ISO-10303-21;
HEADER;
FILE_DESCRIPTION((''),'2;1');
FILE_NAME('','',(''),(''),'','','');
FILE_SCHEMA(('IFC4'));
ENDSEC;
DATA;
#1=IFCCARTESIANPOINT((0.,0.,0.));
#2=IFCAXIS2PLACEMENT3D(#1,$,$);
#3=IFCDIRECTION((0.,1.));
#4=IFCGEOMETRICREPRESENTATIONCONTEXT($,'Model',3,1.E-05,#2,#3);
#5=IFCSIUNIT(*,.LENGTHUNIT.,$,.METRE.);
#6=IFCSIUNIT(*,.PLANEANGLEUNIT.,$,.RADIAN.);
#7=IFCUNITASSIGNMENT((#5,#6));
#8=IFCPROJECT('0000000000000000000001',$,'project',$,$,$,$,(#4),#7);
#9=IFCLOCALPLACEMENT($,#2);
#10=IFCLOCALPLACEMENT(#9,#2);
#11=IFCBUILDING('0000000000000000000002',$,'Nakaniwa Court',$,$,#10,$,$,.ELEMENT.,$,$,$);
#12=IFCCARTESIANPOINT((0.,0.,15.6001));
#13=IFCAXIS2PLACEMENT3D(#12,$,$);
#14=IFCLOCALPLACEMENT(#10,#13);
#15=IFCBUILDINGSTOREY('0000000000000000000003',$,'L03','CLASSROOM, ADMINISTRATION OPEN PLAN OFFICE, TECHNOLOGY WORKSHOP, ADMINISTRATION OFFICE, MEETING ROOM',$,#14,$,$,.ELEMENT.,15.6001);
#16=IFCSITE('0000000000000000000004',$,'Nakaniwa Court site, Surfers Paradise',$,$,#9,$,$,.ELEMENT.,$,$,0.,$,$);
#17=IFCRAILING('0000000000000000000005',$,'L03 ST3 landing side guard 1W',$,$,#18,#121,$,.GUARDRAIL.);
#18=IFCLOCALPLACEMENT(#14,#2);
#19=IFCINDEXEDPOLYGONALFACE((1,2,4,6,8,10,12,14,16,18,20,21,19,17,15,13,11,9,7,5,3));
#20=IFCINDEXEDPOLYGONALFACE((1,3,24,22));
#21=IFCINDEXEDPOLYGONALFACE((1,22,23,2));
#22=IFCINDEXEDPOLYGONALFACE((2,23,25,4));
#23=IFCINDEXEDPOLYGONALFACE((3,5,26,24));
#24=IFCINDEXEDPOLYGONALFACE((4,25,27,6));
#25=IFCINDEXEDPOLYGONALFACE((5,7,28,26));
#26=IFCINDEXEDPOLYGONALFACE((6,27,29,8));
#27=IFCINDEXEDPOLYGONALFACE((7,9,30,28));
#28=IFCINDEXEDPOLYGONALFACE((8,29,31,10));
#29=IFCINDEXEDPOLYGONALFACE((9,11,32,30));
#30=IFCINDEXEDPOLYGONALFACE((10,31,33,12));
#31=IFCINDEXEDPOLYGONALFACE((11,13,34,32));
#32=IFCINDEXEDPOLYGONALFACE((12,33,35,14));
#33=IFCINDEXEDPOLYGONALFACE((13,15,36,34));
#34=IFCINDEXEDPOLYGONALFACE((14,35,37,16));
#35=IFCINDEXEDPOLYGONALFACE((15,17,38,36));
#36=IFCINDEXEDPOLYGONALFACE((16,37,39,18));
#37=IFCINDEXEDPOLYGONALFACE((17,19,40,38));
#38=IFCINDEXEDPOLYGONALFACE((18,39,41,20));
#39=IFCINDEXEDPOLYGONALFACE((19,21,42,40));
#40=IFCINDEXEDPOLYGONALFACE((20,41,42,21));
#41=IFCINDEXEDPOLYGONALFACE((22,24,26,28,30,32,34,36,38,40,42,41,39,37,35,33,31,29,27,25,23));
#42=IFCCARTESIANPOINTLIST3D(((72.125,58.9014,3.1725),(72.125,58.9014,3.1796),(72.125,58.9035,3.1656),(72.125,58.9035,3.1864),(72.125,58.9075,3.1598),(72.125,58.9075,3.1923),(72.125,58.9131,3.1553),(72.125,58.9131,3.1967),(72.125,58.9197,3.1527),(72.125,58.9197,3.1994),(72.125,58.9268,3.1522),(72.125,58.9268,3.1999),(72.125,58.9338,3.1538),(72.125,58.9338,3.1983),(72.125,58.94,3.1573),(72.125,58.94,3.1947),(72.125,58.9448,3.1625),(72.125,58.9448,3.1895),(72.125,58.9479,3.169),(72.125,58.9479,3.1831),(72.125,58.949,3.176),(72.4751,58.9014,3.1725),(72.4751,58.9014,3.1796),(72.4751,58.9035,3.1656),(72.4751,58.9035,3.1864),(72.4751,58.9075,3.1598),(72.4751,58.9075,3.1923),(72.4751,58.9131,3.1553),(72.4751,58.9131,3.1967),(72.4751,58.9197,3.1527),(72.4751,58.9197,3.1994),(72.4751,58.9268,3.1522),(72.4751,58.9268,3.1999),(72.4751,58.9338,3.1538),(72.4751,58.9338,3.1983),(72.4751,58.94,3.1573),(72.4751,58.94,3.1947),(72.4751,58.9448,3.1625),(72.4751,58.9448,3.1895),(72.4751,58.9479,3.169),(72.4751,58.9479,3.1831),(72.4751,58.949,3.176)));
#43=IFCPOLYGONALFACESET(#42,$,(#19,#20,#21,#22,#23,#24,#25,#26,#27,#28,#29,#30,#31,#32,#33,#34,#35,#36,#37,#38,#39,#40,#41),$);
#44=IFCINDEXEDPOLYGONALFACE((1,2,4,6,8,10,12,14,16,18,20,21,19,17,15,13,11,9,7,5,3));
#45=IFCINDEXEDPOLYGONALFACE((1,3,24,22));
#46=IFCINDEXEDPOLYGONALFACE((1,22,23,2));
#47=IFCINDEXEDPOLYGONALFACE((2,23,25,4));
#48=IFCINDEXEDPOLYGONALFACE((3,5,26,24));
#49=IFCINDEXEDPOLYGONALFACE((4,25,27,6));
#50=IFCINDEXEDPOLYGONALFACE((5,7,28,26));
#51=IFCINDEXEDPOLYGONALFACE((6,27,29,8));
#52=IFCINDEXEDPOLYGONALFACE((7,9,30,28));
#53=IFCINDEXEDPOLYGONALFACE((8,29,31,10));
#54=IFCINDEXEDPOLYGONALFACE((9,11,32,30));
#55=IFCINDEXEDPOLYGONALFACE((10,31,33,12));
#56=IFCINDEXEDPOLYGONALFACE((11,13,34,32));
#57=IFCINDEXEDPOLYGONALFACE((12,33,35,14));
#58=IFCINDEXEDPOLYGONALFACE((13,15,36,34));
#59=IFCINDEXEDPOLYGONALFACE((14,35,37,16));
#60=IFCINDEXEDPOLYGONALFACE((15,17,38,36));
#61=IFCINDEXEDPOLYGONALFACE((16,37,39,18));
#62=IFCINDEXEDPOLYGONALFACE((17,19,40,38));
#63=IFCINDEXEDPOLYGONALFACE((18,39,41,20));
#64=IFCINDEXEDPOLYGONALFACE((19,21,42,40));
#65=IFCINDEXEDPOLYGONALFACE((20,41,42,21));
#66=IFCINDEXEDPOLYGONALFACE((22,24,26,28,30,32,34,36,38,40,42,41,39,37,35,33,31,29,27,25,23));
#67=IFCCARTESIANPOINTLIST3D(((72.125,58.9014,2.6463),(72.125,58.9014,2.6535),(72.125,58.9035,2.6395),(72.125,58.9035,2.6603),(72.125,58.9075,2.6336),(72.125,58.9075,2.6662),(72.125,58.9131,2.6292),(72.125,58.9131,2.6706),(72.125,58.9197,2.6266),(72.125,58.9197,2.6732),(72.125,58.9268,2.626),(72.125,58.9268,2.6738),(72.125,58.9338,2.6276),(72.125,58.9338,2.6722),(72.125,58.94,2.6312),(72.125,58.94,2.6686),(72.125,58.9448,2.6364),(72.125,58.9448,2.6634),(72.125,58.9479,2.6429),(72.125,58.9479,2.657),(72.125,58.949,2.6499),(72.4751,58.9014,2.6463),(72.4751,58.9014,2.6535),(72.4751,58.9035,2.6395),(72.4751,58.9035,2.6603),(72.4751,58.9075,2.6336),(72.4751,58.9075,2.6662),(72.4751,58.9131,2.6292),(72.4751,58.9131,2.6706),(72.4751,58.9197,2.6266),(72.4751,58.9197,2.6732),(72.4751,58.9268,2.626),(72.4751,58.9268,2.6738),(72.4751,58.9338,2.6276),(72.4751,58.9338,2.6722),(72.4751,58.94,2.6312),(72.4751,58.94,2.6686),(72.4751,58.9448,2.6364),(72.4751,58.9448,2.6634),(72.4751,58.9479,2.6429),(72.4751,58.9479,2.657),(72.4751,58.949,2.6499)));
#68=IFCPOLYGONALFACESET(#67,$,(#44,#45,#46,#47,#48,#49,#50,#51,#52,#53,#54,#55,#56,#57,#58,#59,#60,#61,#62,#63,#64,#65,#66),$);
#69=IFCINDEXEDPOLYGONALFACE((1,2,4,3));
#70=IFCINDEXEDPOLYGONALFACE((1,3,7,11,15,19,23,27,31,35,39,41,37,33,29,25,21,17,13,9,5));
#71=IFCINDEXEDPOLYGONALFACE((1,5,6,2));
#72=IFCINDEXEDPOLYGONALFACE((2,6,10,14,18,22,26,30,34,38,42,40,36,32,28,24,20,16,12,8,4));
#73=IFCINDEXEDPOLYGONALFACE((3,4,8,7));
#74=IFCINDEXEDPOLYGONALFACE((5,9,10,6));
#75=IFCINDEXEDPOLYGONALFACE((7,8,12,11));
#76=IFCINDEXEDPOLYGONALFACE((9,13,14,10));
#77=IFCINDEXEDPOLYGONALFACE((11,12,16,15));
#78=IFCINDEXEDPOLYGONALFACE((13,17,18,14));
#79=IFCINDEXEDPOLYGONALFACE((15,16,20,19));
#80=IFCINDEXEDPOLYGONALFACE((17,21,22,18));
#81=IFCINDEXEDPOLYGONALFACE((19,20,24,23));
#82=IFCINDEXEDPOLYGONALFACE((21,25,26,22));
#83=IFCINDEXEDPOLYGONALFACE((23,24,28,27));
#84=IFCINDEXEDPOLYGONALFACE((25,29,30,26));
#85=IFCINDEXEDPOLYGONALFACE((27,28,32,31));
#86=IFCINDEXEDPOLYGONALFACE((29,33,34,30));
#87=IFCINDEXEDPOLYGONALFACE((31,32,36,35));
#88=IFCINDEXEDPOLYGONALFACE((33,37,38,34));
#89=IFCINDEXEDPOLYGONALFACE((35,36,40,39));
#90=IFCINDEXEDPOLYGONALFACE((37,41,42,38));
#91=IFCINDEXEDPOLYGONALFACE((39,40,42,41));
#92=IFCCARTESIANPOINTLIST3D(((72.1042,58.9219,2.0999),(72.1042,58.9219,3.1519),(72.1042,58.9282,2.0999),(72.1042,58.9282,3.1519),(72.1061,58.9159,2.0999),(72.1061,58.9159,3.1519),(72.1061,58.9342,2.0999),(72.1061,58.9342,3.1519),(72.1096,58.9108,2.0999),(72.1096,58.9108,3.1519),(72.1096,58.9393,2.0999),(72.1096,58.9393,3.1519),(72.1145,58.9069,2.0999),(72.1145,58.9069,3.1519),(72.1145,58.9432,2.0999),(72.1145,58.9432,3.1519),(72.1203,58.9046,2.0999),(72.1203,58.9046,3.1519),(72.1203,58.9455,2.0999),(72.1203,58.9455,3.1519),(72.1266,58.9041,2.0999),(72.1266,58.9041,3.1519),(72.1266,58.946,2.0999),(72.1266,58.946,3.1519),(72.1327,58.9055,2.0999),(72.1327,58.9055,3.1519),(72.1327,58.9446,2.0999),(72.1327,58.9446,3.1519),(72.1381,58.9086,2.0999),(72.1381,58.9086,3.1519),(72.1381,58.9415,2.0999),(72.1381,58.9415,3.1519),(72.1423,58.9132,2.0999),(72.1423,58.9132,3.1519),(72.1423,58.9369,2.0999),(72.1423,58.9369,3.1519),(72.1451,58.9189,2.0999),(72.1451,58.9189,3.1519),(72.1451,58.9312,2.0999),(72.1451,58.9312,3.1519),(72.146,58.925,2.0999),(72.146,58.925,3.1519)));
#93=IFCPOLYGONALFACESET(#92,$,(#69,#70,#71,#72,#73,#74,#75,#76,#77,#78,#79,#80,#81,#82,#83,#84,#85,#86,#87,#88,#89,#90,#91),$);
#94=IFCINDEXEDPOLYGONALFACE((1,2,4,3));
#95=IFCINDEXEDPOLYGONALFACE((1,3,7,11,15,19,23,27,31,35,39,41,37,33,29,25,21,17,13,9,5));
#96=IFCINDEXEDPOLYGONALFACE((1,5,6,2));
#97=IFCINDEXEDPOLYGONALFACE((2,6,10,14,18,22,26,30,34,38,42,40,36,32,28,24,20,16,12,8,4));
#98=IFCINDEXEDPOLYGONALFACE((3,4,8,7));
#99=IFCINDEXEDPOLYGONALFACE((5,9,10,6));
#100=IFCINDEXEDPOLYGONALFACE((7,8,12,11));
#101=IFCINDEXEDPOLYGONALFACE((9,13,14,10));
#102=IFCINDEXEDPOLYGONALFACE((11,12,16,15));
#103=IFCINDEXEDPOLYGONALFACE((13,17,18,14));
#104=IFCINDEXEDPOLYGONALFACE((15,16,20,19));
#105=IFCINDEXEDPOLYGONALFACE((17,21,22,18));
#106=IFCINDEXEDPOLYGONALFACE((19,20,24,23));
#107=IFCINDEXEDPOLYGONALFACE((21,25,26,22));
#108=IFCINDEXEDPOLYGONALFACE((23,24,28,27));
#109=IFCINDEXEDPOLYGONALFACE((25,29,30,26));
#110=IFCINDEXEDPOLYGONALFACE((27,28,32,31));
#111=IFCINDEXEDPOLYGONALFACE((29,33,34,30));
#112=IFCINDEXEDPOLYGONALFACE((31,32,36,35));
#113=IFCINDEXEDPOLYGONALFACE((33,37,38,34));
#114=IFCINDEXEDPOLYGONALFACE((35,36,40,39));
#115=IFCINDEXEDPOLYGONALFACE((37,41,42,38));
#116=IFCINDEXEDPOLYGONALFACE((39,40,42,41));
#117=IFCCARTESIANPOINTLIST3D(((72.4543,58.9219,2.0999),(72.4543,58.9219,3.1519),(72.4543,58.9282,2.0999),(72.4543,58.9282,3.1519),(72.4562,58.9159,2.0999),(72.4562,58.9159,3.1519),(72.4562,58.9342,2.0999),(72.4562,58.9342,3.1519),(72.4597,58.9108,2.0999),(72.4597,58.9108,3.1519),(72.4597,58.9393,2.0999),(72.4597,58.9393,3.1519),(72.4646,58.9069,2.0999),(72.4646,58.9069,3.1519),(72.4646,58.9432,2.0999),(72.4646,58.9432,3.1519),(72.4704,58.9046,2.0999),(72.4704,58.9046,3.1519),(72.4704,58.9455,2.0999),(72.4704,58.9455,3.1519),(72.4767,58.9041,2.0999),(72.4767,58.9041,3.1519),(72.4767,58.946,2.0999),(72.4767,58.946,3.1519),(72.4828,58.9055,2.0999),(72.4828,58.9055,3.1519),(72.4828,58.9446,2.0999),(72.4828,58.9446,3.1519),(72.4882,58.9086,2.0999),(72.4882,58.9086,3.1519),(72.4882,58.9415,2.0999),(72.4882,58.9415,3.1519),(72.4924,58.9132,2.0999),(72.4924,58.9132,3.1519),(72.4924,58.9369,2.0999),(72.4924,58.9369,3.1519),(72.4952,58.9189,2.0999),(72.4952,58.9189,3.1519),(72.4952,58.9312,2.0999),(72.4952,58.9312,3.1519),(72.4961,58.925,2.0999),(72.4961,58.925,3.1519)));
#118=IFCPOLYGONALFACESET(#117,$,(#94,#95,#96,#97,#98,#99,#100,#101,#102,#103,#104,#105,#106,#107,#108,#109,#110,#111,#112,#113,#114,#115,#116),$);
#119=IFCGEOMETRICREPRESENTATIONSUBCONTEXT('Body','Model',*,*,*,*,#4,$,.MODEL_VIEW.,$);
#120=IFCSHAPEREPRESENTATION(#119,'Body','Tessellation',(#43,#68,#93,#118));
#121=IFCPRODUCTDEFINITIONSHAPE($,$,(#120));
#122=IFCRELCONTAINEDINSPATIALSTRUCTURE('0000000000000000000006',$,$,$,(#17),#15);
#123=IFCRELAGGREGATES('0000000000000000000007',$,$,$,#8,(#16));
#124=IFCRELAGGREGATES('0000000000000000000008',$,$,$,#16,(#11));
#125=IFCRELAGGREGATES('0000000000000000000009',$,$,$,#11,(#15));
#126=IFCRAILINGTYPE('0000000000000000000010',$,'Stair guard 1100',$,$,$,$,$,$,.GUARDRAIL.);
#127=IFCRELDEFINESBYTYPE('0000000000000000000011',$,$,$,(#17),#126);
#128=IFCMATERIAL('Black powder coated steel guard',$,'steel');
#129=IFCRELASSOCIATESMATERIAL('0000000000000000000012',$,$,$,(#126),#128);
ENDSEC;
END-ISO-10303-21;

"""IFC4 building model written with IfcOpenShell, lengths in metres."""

from ifc_helpers import new_model, si_unit, direction, frame, origin, origin_2d, place, context, subcontext, project, spatial, circle, extrude, material, type_object, element, save


model = new_model("IFC4")

# Units and contexts
model_context = context("Model", 3, precision=1e-05, world=origin(), true_north=direction((0.0, 1.0)))
body_context = subcontext(model_context, "Body", "Model", "MODEL_VIEW")
ifc_project = project(units=[si_unit("LENGTHUNIT", "METRE"), si_unit("PLANEANGLEUNIT", "RADIAN")], contexts=[model_context])

# Site, building, storey
site_placement = place(None, origin())
site = spatial("IfcSite", under=ifc_project, at=site_placement, Name="Nakaniwa Court site, Surfers Paradise", CompositionType="ELEMENT", RefElevation=0.0)
building_placement = place(site_placement, origin())
building = spatial("IfcBuilding", under=site, at=building_placement, Name="Nakaniwa Court", CompositionType="ELEMENT")
storey_placement = place(building_placement, frame((0.0, 0.0, 15.6001)))
storey = spatial("IfcBuildingStorey", under=building, at=storey_placement, Name="L03", Description="CLASSROOM, ADMINISTRATION OPEN PLAN OFFICE, TECHNOLOGY WORKSHOP, ADMINISTRATION OFFICE, MEETING ROOM", CompositionType="ELEMENT", Elevation=15.6001)

# Railing
ifc_material_1 = material(Name="Black powder coated steel guard", Category="steel")
railing_type_1 = type_object("IfcRailingType", Name="Stair guard 1100", PredefinedType="GUARDRAIL", material=ifc_material_1)
for number, where, name in (
    (1, (72.125, 58.925, 2.0999), "L03 ST3 landing side guard 1W"),
):
    element("IfcRailing", number, at=place(storey_placement, frame(where)), inside=storey, type_object=railing_type_1, Name=name, PredefinedType="GUARDRAIL", context=body_context, shape_type="SweptSolid", body=[
        extrude(circle(Radius=0.0239, at=origin_2d()), frame((0.0, 0.0, 1.0762), z_axis=(1.0, 0.0, 0.0), x_axis=(0.0, 1.0, 0.0)), (0.0, 0.0, 1.0), 0.3501),
        extrude(circle(Radius=0.0239, at=origin_2d()), frame((0.0, 0.0, 0.55), z_axis=(1.0, 0.0, 0.0), x_axis=(0.0, 1.0, 0.0)), (0.0, 0.0, 1.0), 0.3501),
        extrude(circle(Radius=0.021, at=origin_2d()), origin(), (0.0, 0.0, 1.0), 1.052),
        extrude(circle(Radius=0.021, at=origin_2d()), frame((0.3501, 0.0, 0.0)), (0.0, 0.0, 1.0), 1.052),
    ])

save(model, "model.ifc")
